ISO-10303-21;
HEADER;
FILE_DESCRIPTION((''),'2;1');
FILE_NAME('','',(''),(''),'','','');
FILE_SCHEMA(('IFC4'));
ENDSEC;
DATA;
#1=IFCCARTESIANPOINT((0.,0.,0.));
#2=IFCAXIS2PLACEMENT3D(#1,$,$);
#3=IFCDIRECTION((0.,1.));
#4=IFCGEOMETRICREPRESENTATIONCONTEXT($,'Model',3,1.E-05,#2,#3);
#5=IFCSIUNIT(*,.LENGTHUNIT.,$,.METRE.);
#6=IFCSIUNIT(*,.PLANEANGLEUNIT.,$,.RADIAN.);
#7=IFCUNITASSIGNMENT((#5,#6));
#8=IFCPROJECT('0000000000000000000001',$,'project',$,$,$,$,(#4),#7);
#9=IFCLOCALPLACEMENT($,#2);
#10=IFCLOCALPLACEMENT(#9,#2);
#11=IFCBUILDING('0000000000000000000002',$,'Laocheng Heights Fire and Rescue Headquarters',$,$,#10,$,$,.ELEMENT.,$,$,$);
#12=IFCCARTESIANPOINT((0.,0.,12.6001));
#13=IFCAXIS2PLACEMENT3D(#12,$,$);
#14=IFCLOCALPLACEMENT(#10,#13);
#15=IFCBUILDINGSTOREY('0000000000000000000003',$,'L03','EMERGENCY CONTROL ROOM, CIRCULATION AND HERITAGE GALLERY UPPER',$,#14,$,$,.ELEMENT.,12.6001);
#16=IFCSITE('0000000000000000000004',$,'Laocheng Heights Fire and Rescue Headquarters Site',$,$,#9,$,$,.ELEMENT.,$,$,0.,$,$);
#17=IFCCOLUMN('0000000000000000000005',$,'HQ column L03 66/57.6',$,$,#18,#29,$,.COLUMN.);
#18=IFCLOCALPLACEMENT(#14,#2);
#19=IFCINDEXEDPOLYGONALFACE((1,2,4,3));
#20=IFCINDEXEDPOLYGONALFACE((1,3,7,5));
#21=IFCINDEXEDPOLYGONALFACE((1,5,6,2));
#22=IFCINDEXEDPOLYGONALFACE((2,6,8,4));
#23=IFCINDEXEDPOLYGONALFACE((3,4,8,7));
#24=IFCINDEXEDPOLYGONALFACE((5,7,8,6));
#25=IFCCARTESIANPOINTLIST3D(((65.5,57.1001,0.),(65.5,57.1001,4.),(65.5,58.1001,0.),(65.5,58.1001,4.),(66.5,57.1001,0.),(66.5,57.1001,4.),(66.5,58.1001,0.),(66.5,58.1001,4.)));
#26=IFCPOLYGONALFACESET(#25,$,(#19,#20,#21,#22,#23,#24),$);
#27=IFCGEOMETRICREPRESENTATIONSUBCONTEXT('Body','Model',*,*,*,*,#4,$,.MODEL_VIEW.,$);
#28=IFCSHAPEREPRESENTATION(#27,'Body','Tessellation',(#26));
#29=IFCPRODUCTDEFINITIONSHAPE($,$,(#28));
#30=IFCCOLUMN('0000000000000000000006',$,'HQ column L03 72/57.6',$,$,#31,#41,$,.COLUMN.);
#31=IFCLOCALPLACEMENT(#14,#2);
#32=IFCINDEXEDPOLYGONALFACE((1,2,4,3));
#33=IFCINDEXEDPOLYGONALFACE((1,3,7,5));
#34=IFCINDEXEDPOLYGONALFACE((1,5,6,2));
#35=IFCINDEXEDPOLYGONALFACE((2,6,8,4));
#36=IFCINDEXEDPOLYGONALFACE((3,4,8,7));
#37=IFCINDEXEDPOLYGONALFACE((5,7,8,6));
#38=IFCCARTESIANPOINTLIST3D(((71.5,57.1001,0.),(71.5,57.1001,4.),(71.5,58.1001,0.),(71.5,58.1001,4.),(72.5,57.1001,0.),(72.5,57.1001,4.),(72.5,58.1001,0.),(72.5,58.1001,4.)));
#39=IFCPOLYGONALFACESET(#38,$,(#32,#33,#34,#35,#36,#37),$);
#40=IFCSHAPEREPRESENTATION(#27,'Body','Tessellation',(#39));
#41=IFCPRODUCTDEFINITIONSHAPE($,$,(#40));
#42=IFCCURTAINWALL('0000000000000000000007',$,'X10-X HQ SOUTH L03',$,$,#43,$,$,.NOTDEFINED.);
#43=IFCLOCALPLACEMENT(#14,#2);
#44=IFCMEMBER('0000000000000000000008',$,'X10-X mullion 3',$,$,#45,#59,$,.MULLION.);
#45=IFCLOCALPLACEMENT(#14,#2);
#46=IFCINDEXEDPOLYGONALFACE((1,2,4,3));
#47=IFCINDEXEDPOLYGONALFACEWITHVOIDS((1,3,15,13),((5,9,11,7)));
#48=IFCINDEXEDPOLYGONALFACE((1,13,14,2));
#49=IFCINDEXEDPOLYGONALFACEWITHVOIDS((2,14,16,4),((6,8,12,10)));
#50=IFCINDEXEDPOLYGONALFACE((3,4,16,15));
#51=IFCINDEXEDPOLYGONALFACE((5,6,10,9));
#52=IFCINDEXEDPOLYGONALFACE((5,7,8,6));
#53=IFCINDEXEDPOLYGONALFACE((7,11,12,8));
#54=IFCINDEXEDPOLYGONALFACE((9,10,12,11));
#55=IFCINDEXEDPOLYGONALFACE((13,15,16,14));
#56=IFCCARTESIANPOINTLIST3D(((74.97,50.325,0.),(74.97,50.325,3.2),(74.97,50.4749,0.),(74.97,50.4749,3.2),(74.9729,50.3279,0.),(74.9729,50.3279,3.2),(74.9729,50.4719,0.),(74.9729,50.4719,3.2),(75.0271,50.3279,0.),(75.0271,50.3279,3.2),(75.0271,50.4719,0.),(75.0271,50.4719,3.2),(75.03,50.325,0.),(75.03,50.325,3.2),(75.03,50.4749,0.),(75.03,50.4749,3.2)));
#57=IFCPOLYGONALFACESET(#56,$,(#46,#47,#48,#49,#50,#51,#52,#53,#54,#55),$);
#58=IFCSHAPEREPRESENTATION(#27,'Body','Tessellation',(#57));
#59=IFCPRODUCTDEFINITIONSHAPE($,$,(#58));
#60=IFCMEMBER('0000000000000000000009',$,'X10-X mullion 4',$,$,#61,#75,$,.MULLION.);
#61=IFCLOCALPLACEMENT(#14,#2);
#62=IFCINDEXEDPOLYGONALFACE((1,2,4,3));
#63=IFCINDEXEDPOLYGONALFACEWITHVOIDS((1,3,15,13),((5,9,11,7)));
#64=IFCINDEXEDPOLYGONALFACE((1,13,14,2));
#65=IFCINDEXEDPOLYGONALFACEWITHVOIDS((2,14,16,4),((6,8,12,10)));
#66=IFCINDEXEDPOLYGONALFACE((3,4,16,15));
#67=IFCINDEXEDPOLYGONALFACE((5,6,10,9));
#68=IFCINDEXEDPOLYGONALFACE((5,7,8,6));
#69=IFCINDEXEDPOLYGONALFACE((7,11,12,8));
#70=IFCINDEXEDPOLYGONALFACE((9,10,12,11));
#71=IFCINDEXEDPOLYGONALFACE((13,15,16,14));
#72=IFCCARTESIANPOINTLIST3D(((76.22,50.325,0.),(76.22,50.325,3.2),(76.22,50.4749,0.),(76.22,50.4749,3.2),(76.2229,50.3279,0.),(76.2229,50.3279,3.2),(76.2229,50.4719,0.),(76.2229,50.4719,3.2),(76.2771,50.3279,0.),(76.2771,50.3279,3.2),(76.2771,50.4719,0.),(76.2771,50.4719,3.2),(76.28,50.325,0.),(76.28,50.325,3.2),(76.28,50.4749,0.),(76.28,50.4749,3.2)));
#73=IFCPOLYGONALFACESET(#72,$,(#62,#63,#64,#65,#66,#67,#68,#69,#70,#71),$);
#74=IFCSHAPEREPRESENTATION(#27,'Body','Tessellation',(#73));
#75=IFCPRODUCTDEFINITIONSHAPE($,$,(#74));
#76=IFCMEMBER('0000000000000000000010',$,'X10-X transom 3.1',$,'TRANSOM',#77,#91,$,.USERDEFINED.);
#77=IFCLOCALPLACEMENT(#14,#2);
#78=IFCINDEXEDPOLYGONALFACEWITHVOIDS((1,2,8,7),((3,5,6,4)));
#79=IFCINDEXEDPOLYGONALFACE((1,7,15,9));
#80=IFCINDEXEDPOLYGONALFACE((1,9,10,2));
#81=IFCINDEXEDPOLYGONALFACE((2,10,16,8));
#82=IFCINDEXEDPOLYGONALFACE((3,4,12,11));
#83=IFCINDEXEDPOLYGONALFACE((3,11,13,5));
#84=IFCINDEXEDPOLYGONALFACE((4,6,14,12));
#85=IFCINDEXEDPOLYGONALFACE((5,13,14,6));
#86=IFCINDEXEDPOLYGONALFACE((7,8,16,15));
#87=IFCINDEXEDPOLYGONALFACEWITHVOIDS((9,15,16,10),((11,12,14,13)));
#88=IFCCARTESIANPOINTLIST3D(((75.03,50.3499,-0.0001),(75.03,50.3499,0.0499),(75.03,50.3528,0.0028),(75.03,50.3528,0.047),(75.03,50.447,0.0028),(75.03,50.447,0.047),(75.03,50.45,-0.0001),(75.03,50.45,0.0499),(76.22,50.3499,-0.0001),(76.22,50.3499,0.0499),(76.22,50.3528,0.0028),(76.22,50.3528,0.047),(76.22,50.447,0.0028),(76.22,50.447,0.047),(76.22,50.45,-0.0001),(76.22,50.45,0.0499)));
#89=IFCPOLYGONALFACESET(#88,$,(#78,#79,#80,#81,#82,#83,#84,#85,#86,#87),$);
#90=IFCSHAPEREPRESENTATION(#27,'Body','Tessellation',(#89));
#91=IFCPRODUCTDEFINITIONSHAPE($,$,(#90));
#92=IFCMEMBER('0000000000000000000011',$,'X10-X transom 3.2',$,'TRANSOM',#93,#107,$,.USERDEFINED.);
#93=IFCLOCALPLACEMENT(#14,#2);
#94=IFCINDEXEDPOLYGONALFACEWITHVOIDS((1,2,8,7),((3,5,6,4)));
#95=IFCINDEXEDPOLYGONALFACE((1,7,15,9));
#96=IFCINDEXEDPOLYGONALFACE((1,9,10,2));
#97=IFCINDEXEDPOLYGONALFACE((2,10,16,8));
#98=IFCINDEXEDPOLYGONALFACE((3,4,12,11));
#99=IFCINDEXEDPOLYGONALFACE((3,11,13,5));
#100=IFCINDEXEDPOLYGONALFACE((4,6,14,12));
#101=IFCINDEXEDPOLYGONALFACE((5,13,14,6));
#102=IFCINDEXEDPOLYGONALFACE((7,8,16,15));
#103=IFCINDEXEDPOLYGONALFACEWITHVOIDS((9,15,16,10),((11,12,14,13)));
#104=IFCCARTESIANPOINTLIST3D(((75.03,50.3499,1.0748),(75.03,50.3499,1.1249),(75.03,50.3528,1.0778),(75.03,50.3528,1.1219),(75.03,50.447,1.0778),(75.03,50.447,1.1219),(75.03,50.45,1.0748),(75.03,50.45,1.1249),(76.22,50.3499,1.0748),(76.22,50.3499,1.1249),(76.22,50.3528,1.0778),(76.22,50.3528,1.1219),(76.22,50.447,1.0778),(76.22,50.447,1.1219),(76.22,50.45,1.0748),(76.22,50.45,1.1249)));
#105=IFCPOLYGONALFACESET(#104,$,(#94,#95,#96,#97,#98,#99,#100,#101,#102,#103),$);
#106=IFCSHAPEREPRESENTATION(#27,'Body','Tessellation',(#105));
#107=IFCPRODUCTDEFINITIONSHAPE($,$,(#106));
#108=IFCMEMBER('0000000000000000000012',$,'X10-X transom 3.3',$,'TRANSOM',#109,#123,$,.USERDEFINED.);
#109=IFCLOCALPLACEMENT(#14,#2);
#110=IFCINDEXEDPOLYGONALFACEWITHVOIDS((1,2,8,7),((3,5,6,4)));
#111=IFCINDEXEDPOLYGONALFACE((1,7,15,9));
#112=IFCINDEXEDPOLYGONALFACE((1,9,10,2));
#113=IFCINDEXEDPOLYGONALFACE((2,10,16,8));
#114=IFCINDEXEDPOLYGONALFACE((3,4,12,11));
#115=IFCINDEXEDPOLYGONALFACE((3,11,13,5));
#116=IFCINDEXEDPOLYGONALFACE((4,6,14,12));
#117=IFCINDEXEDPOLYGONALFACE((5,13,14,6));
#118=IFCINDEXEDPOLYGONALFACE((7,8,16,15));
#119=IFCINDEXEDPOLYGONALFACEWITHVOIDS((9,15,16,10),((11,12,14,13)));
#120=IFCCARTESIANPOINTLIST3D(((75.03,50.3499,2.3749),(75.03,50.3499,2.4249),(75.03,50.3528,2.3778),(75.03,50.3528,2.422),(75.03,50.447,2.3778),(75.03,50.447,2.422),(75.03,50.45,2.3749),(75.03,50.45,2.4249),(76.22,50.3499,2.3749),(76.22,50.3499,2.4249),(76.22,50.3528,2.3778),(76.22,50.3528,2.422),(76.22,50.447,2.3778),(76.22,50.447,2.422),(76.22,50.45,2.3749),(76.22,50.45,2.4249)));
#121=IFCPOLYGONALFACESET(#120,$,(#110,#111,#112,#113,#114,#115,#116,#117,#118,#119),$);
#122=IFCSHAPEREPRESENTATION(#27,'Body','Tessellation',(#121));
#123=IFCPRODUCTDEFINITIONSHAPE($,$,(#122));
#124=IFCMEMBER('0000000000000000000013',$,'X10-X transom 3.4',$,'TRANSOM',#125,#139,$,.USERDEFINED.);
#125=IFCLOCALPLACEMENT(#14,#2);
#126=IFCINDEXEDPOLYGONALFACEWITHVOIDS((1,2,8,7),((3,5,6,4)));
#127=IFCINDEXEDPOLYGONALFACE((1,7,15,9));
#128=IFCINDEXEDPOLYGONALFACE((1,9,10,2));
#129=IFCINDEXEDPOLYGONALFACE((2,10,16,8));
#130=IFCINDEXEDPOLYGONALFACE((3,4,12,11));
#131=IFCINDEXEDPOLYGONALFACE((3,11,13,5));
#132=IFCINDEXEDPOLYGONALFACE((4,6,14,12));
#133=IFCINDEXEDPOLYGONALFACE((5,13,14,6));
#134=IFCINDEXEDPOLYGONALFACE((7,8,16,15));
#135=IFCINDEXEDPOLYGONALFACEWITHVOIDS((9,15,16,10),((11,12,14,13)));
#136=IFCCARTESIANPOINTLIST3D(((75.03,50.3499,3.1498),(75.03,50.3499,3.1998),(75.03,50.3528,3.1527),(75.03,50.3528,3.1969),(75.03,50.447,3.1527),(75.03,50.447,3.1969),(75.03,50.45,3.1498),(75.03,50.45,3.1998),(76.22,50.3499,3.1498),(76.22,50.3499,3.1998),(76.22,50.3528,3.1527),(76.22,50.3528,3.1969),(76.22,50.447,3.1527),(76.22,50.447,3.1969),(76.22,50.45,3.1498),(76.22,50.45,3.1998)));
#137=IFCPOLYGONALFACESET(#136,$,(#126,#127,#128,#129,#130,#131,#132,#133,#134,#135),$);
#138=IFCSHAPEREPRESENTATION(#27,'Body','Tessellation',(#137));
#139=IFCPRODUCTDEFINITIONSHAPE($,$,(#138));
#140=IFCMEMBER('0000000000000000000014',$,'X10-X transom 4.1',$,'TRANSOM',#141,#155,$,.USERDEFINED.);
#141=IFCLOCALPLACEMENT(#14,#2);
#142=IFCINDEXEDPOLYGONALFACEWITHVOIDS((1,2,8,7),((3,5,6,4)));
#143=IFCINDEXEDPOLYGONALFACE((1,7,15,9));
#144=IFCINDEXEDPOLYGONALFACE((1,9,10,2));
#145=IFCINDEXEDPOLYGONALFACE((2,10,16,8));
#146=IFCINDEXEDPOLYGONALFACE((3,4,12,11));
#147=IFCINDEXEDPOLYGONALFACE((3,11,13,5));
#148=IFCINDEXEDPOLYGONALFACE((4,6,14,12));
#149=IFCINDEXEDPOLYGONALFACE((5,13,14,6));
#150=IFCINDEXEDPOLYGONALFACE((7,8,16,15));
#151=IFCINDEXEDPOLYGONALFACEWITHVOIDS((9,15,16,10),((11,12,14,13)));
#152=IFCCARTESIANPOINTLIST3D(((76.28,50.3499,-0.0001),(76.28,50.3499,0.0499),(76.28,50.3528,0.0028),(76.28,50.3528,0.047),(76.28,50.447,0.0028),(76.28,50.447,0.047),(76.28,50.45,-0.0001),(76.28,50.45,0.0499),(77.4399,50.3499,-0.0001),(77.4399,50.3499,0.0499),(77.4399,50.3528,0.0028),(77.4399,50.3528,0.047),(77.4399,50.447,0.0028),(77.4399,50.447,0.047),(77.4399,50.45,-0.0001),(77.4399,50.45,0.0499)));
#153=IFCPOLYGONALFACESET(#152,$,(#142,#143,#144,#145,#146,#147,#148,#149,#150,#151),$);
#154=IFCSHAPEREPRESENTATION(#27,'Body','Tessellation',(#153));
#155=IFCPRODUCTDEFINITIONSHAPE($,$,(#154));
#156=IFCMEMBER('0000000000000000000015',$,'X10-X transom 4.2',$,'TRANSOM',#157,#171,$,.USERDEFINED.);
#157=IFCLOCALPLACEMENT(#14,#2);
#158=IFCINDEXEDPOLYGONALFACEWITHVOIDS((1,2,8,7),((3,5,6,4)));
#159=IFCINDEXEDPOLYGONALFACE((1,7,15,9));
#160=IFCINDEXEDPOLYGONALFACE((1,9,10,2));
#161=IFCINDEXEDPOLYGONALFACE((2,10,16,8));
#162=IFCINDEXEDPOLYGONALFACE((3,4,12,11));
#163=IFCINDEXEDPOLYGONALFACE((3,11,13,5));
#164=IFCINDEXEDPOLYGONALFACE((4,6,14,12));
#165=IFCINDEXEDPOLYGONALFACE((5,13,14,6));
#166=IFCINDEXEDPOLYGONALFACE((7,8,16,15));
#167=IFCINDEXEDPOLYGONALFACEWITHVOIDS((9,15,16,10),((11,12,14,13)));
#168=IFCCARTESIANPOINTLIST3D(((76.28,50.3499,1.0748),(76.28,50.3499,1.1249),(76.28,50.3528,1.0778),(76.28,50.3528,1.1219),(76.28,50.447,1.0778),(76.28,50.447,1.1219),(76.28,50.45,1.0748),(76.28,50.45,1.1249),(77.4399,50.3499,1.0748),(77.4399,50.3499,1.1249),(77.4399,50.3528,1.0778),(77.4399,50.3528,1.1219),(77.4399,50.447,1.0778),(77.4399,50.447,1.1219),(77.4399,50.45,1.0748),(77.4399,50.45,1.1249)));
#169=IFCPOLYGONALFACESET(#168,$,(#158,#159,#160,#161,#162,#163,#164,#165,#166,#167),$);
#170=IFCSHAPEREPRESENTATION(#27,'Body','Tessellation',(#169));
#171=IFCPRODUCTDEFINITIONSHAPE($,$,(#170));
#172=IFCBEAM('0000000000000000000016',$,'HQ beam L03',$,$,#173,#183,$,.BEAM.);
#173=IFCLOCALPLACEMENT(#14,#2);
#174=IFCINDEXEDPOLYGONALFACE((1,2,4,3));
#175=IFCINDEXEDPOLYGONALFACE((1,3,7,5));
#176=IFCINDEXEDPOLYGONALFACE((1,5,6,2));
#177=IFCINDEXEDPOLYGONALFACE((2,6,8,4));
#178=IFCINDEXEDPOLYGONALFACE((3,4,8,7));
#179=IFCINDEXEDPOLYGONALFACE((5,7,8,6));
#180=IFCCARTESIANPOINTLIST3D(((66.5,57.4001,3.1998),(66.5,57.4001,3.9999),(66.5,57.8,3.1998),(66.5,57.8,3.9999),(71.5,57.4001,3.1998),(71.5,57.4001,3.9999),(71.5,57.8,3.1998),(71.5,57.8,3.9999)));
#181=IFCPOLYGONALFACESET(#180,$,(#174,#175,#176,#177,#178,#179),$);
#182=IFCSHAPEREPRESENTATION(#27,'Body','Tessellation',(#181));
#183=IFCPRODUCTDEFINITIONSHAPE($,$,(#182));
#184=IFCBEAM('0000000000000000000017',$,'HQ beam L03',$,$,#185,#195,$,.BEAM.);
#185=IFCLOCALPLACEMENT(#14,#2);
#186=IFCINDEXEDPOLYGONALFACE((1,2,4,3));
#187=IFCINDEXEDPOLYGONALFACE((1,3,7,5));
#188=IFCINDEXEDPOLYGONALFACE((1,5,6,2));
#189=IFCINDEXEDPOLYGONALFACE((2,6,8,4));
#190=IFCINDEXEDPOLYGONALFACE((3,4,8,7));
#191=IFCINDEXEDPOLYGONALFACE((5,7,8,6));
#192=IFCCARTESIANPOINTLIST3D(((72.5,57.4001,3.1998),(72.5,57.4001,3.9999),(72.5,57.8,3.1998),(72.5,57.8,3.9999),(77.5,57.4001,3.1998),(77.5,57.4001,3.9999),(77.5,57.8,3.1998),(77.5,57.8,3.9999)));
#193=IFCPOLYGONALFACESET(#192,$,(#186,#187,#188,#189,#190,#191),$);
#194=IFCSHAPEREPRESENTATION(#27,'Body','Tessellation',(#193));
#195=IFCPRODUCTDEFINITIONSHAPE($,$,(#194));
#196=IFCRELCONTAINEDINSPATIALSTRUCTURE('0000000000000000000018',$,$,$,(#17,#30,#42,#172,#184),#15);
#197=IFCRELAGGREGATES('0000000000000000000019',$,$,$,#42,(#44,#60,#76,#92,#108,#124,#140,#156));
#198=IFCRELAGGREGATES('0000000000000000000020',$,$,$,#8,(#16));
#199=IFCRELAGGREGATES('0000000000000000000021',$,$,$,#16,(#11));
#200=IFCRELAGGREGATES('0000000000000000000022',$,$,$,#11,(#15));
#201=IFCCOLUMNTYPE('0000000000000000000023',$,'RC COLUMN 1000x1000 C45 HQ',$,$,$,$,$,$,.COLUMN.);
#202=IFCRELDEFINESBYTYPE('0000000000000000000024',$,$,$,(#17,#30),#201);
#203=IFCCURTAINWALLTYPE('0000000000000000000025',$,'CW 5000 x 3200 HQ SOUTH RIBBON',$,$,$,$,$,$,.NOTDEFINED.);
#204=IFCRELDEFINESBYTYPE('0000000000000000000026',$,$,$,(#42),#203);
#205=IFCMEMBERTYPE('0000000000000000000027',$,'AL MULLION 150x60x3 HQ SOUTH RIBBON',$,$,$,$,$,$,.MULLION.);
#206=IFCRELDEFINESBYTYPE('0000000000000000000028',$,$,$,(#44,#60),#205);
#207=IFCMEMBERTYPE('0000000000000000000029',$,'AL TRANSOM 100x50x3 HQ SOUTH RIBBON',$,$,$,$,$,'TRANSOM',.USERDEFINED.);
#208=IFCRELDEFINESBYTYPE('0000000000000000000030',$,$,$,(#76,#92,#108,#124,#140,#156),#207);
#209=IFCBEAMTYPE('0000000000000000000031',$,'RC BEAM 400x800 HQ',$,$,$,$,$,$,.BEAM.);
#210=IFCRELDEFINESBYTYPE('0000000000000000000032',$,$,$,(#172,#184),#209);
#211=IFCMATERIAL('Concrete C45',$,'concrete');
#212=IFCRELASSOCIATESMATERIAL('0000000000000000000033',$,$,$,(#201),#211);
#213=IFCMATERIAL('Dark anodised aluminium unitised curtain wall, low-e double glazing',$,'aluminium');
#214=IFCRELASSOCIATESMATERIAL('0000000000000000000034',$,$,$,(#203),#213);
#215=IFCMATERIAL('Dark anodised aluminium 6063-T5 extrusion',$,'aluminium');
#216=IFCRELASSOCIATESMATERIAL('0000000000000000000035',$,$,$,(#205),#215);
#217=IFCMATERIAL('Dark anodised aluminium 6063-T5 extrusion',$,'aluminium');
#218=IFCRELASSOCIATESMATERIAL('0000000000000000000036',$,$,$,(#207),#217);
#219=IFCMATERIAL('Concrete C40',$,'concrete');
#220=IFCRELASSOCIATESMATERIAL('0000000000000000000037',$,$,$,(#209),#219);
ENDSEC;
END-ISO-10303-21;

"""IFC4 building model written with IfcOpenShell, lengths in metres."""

from ifc_helpers import new_model, si_unit, direction, frame, origin, origin_2d, place, context, subcontext, project, spatial, rectangle, hollow_rectangle, extrude, material, material_profile, profile_set, type_object, element, aggregate, save


model = new_model("IFC4")

# Units and contexts
model_context = context("Model", 3, precision=1e-05, world=origin(), true_north=direction((0.0, 1.0)))
body_context = subcontext(model_context, "Body", "Model", "MODEL_VIEW")
ifc_project = project(units=[si_unit("LENGTHUNIT", "METRE"), si_unit("PLANEANGLEUNIT", "RADIAN")], contexts=[model_context])

# Site, building, storey
site_placement = place(None, origin())
site = spatial("IfcSite", under=ifc_project, at=site_placement, Name="Laocheng Heights Fire and Rescue Headquarters Site", CompositionType="ELEMENT", RefElevation=0.0)
building_placement = place(site_placement, origin())
building = spatial("IfcBuilding", under=site, at=building_placement, Name="Laocheng Heights Fire and Rescue Headquarters", CompositionType="ELEMENT")
storey_placement = place(building_placement, frame((0.0, 0.0, 12.6001)))
storey = spatial("IfcBuildingStorey", under=building, at=storey_placement, Name="L03", Description="EMERGENCY CONTROL ROOM, CIRCULATION AND HERITAGE GALLERY UPPER", CompositionType="ELEMENT", Elevation=12.6001)

# Columns
ifc_material_1 = material(Name="Concrete C45", Category="concrete")
ifc_material_profile_1 = material_profile(ifc_material_1, rectangle(XDim=1.0, YDim=1.0, at=origin_2d()), Name="RC COLUMN 1000x1000 C45 HQ")
ifc_profile_set_1 = profile_set([ifc_material_profile_1], Name="Concrete C45")
column_type = type_object("IfcColumnType", Name="RC COLUMN 1000x1000 C45 HQ", PredefinedType="COLUMN", material=ifc_profile_set_1)
for number, where, z_axis, x_axis, name in (
    (1, (66.0, 57.6001, 0.0), (0.0, 0.0, 1.0), (1.0, 0.0, 0.0), "HQ column L03 66/57.6"),
    (2, (72.0, 57.6001, 0.0), (0.0, 0.0, 1.0), (1.0, 0.0, 0.0), "HQ column L03 72/57.6"),
):
    element("IfcColumn", number, at=place(storey_placement, frame(where, z_axis=z_axis, x_axis=x_axis)), inside=storey, type_object=column_type, Name=name, PredefinedType="COLUMN", context=body_context, shape_type="SweptSolid", body=[
        extrude(rectangle(XDim=1.0, YDim=1.0, at=origin_2d()), origin(), (0.0, 0.0, 1.0), 4.0),
    ])

# Curtain wall, members
ifc_material_2 = material(Name="Dark anodised aluminium unitised curtain wall, low-e double glazing", Category="aluminium")
curtain_wall_type = type_object("IfcCurtainWallType", Name="CW 5000 x 3200 HQ SOUTH RIBBON", PredefinedType="NOTDEFINED", material=ifc_material_2)
curtain_wall_placement = place(storey_placement, origin())
curtain_wall = element("IfcCurtainWall", 3, at=curtain_wall_placement, inside=storey, type_object=curtain_wall_type, Name="X10-X HQ SOUTH L03", PredefinedType="NOTDEFINED")
ifc_material_3 = material(Name="Dark anodised aluminium 6063-T5 extrusion", Category="aluminium")
ifc_material_profile_2 = material_profile(ifc_material_3, hollow_rectangle(XDim=0.1499, YDim=0.0601, WallThickness=0.0029, at=origin_2d()), Name="AL MULLION 150x60x3 HQ SOUTH RIBBON")
ifc_profile_set_2 = profile_set([ifc_material_profile_2], Name="Dark anodised aluminium 6063-T5 extrusion")
member_type_1 = type_object("IfcMemberType", Name="AL MULLION 150x60x3 HQ SOUTH RIBBON", PredefinedType="MULLION", material=ifc_profile_set_2)
member_1_placement = place(storey_placement, frame((75.0, 50.3999, 0.0), z_axis=(0.0, 0.0, 1.0), x_axis=(0.0, 1.0, 0.0)))
member_1 = element("IfcMember", 4, at=member_1_placement, type_object=member_type_1, Name="X10-X mullion 3", PredefinedType="MULLION", context=body_context, shape_type="SweptSolid", body=[
    extrude(hollow_rectangle(XDim=0.1499, YDim=0.0601, WallThickness=0.0029, at=origin_2d()), origin(), (0.0, 0.0, 1.0), 3.2),
])
member_2_placement = place(storey_placement, frame((76.25, 50.3999, 0.0), z_axis=(0.0, 0.0, 1.0), x_axis=(0.0, 1.0, 0.0)))
member_2 = element("IfcMember", 5, at=member_2_placement, type_object=member_type_1, Name="X10-X mullion 4", PredefinedType="MULLION", context=body_context, shape_type="SweptSolid", body=[
    extrude(hollow_rectangle(XDim=0.1499, YDim=0.0601, WallThickness=0.0029, at=origin_2d()), origin(), (0.0, 0.0, 1.0), 3.2),
])
ifc_material_4 = material(Name="Dark anodised aluminium 6063-T5 extrusion", Category="aluminium")
ifc_material_profile_3 = material_profile(ifc_material_4, hollow_rectangle(XDim=0.1001, YDim=0.05, WallThickness=0.0029, at=origin_2d()), Name="AL TRANSOM 100x50x3 HQ SOUTH RIBBON")
ifc_profile_set_3 = profile_set([ifc_material_profile_3], Name="Dark anodised aluminium 6063-T5 extrusion")
member_type_2 = type_object("IfcMemberType", Name="AL TRANSOM 100x50x3 HQ SOUTH RIBBON", ElementType="TRANSOM", PredefinedType="USERDEFINED", material=ifc_profile_set_3)
member_3_placement = place(storey_placement, frame((75.03, 50.3999, 0.0249), z_axis=(1.0, 0.0, 0.0), x_axis=(0.0, 1.0, 0.0)))
member_3 = element("IfcMember", 6, at=member_3_placement, type_object=member_type_2, Name="X10-X transom 3.1", ObjectType="TRANSOM", PredefinedType="USERDEFINED", context=body_context, shape_type="SweptSolid", body=[
    extrude(hollow_rectangle(XDim=0.1001, YDim=0.05, WallThickness=0.0029, at=origin_2d()), origin(), (0.0, 0.0, 1.0), 1.1899),
])
member_4_placement = place(storey_placement, frame((75.03, 50.3999, 1.0999), z_axis=(1.0, 0.0, 0.0), x_axis=(0.0, 1.0, 0.0)))
member_4 = element("IfcMember", 7, at=member_4_placement, type_object=member_type_2, Name="X10-X transom 3.2", ObjectType="TRANSOM", PredefinedType="USERDEFINED", context=body_context, shape_type="SweptSolid", body=[
    extrude(hollow_rectangle(XDim=0.1001, YDim=0.05, WallThickness=0.0029, at=origin_2d()), origin(), (0.0, 0.0, 1.0), 1.1899),
])
member_5_placement = place(storey_placement, frame((75.03, 50.3999, 2.3999), z_axis=(1.0, 0.0, 0.0), x_axis=(0.0, 1.0, 0.0)))
member_5 = element("IfcMember", 8, at=member_5_placement, type_object=member_type_2, Name="X10-X transom 3.3", ObjectType="TRANSOM", PredefinedType="USERDEFINED", context=body_context, shape_type="SweptSolid", body=[
    extrude(hollow_rectangle(XDim=0.1001, YDim=0.05, WallThickness=0.0029, at=origin_2d()), origin(), (0.0, 0.0, 1.0), 1.1899),
])
member_6_placement = place(storey_placement, frame((75.03, 50.3999, 3.1748), z_axis=(1.0, 0.0, 0.0), x_axis=(0.0, 1.0, 0.0)))
member_6 = element("IfcMember", 9, at=member_6_placement, type_object=member_type_2, Name="X10-X transom 3.4", ObjectType="TRANSOM", PredefinedType="USERDEFINED", context=body_context, shape_type="SweptSolid", body=[
    extrude(hollow_rectangle(XDim=0.1001, YDim=0.05, WallThickness=0.0029, at=origin_2d()), origin(), (0.0, 0.0, 1.0), 1.1899),
])
member_7_placement = place(storey_placement, frame((76.28, 50.3999, 0.0249), z_axis=(1.0, 0.0, 0.0), x_axis=(0.0, 1.0, 0.0)))
member_7 = element("IfcMember", 10, at=member_7_placement, type_object=member_type_2, Name="X10-X transom 4.1", ObjectType="TRANSOM", PredefinedType="USERDEFINED", context=body_context, shape_type="SweptSolid", body=[
    extrude(hollow_rectangle(XDim=0.1001, YDim=0.05, WallThickness=0.0029, at=origin_2d()), origin(), (0.0, 0.0, 1.0), 1.1599),
])
member_8_placement = place(storey_placement, frame((76.28, 50.3999, 1.0999), z_axis=(1.0, 0.0, 0.0), x_axis=(0.0, 1.0, 0.0)))
member_8 = element("IfcMember", 11, at=member_8_placement, type_object=member_type_2, Name="X10-X transom 4.2", ObjectType="TRANSOM", PredefinedType="USERDEFINED", context=body_context, shape_type="SweptSolid", body=[
    extrude(hollow_rectangle(XDim=0.1001, YDim=0.05, WallThickness=0.0029, at=origin_2d()), origin(), (0.0, 0.0, 1.0), 1.1599),
])

# Beams
ifc_material_5 = material(Name="Concrete C40", Category="concrete")
ifc_material_profile_4 = material_profile(ifc_material_5, rectangle(XDim=0.3999, YDim=0.8, at=origin_2d()), Name="RC BEAM 400x800 HQ")
ifc_profile_set_4 = profile_set([ifc_material_profile_4], Name="Concrete C40")
beam_type_1 = type_object("IfcBeamType", Name="RC BEAM 400x800 HQ", PredefinedType="BEAM", material=ifc_profile_set_4)
for number, where, z_axis, x_axis, name in (
    (12, (66.5, 57.6001, 3.5999), (1.0, 0.0, 0.0), (0.0, 1.0, 0.0), "HQ beam L03"),
    (13, (72.5, 57.6001, 3.5999), (1.0, 0.0, 0.0), (0.0, 1.0, 0.0), "HQ beam L03"),
):
    element("IfcBeam", number, at=place(storey_placement, frame(where, z_axis=z_axis, x_axis=x_axis)), inside=storey, type_object=beam_type_1, Name=name, PredefinedType="BEAM", context=body_context, shape_type="SweptSolid", body=[
        extrude(rectangle(XDim=0.3999, YDim=0.8, at=origin_2d()), origin(), (0.0, 0.0, 1.0), 5.0),
    ])

aggregate(curtain_wall, [member_1, member_2, member_3, member_4, member_5, member_6, member_7, member_8])

save(model, "model.ifc")
